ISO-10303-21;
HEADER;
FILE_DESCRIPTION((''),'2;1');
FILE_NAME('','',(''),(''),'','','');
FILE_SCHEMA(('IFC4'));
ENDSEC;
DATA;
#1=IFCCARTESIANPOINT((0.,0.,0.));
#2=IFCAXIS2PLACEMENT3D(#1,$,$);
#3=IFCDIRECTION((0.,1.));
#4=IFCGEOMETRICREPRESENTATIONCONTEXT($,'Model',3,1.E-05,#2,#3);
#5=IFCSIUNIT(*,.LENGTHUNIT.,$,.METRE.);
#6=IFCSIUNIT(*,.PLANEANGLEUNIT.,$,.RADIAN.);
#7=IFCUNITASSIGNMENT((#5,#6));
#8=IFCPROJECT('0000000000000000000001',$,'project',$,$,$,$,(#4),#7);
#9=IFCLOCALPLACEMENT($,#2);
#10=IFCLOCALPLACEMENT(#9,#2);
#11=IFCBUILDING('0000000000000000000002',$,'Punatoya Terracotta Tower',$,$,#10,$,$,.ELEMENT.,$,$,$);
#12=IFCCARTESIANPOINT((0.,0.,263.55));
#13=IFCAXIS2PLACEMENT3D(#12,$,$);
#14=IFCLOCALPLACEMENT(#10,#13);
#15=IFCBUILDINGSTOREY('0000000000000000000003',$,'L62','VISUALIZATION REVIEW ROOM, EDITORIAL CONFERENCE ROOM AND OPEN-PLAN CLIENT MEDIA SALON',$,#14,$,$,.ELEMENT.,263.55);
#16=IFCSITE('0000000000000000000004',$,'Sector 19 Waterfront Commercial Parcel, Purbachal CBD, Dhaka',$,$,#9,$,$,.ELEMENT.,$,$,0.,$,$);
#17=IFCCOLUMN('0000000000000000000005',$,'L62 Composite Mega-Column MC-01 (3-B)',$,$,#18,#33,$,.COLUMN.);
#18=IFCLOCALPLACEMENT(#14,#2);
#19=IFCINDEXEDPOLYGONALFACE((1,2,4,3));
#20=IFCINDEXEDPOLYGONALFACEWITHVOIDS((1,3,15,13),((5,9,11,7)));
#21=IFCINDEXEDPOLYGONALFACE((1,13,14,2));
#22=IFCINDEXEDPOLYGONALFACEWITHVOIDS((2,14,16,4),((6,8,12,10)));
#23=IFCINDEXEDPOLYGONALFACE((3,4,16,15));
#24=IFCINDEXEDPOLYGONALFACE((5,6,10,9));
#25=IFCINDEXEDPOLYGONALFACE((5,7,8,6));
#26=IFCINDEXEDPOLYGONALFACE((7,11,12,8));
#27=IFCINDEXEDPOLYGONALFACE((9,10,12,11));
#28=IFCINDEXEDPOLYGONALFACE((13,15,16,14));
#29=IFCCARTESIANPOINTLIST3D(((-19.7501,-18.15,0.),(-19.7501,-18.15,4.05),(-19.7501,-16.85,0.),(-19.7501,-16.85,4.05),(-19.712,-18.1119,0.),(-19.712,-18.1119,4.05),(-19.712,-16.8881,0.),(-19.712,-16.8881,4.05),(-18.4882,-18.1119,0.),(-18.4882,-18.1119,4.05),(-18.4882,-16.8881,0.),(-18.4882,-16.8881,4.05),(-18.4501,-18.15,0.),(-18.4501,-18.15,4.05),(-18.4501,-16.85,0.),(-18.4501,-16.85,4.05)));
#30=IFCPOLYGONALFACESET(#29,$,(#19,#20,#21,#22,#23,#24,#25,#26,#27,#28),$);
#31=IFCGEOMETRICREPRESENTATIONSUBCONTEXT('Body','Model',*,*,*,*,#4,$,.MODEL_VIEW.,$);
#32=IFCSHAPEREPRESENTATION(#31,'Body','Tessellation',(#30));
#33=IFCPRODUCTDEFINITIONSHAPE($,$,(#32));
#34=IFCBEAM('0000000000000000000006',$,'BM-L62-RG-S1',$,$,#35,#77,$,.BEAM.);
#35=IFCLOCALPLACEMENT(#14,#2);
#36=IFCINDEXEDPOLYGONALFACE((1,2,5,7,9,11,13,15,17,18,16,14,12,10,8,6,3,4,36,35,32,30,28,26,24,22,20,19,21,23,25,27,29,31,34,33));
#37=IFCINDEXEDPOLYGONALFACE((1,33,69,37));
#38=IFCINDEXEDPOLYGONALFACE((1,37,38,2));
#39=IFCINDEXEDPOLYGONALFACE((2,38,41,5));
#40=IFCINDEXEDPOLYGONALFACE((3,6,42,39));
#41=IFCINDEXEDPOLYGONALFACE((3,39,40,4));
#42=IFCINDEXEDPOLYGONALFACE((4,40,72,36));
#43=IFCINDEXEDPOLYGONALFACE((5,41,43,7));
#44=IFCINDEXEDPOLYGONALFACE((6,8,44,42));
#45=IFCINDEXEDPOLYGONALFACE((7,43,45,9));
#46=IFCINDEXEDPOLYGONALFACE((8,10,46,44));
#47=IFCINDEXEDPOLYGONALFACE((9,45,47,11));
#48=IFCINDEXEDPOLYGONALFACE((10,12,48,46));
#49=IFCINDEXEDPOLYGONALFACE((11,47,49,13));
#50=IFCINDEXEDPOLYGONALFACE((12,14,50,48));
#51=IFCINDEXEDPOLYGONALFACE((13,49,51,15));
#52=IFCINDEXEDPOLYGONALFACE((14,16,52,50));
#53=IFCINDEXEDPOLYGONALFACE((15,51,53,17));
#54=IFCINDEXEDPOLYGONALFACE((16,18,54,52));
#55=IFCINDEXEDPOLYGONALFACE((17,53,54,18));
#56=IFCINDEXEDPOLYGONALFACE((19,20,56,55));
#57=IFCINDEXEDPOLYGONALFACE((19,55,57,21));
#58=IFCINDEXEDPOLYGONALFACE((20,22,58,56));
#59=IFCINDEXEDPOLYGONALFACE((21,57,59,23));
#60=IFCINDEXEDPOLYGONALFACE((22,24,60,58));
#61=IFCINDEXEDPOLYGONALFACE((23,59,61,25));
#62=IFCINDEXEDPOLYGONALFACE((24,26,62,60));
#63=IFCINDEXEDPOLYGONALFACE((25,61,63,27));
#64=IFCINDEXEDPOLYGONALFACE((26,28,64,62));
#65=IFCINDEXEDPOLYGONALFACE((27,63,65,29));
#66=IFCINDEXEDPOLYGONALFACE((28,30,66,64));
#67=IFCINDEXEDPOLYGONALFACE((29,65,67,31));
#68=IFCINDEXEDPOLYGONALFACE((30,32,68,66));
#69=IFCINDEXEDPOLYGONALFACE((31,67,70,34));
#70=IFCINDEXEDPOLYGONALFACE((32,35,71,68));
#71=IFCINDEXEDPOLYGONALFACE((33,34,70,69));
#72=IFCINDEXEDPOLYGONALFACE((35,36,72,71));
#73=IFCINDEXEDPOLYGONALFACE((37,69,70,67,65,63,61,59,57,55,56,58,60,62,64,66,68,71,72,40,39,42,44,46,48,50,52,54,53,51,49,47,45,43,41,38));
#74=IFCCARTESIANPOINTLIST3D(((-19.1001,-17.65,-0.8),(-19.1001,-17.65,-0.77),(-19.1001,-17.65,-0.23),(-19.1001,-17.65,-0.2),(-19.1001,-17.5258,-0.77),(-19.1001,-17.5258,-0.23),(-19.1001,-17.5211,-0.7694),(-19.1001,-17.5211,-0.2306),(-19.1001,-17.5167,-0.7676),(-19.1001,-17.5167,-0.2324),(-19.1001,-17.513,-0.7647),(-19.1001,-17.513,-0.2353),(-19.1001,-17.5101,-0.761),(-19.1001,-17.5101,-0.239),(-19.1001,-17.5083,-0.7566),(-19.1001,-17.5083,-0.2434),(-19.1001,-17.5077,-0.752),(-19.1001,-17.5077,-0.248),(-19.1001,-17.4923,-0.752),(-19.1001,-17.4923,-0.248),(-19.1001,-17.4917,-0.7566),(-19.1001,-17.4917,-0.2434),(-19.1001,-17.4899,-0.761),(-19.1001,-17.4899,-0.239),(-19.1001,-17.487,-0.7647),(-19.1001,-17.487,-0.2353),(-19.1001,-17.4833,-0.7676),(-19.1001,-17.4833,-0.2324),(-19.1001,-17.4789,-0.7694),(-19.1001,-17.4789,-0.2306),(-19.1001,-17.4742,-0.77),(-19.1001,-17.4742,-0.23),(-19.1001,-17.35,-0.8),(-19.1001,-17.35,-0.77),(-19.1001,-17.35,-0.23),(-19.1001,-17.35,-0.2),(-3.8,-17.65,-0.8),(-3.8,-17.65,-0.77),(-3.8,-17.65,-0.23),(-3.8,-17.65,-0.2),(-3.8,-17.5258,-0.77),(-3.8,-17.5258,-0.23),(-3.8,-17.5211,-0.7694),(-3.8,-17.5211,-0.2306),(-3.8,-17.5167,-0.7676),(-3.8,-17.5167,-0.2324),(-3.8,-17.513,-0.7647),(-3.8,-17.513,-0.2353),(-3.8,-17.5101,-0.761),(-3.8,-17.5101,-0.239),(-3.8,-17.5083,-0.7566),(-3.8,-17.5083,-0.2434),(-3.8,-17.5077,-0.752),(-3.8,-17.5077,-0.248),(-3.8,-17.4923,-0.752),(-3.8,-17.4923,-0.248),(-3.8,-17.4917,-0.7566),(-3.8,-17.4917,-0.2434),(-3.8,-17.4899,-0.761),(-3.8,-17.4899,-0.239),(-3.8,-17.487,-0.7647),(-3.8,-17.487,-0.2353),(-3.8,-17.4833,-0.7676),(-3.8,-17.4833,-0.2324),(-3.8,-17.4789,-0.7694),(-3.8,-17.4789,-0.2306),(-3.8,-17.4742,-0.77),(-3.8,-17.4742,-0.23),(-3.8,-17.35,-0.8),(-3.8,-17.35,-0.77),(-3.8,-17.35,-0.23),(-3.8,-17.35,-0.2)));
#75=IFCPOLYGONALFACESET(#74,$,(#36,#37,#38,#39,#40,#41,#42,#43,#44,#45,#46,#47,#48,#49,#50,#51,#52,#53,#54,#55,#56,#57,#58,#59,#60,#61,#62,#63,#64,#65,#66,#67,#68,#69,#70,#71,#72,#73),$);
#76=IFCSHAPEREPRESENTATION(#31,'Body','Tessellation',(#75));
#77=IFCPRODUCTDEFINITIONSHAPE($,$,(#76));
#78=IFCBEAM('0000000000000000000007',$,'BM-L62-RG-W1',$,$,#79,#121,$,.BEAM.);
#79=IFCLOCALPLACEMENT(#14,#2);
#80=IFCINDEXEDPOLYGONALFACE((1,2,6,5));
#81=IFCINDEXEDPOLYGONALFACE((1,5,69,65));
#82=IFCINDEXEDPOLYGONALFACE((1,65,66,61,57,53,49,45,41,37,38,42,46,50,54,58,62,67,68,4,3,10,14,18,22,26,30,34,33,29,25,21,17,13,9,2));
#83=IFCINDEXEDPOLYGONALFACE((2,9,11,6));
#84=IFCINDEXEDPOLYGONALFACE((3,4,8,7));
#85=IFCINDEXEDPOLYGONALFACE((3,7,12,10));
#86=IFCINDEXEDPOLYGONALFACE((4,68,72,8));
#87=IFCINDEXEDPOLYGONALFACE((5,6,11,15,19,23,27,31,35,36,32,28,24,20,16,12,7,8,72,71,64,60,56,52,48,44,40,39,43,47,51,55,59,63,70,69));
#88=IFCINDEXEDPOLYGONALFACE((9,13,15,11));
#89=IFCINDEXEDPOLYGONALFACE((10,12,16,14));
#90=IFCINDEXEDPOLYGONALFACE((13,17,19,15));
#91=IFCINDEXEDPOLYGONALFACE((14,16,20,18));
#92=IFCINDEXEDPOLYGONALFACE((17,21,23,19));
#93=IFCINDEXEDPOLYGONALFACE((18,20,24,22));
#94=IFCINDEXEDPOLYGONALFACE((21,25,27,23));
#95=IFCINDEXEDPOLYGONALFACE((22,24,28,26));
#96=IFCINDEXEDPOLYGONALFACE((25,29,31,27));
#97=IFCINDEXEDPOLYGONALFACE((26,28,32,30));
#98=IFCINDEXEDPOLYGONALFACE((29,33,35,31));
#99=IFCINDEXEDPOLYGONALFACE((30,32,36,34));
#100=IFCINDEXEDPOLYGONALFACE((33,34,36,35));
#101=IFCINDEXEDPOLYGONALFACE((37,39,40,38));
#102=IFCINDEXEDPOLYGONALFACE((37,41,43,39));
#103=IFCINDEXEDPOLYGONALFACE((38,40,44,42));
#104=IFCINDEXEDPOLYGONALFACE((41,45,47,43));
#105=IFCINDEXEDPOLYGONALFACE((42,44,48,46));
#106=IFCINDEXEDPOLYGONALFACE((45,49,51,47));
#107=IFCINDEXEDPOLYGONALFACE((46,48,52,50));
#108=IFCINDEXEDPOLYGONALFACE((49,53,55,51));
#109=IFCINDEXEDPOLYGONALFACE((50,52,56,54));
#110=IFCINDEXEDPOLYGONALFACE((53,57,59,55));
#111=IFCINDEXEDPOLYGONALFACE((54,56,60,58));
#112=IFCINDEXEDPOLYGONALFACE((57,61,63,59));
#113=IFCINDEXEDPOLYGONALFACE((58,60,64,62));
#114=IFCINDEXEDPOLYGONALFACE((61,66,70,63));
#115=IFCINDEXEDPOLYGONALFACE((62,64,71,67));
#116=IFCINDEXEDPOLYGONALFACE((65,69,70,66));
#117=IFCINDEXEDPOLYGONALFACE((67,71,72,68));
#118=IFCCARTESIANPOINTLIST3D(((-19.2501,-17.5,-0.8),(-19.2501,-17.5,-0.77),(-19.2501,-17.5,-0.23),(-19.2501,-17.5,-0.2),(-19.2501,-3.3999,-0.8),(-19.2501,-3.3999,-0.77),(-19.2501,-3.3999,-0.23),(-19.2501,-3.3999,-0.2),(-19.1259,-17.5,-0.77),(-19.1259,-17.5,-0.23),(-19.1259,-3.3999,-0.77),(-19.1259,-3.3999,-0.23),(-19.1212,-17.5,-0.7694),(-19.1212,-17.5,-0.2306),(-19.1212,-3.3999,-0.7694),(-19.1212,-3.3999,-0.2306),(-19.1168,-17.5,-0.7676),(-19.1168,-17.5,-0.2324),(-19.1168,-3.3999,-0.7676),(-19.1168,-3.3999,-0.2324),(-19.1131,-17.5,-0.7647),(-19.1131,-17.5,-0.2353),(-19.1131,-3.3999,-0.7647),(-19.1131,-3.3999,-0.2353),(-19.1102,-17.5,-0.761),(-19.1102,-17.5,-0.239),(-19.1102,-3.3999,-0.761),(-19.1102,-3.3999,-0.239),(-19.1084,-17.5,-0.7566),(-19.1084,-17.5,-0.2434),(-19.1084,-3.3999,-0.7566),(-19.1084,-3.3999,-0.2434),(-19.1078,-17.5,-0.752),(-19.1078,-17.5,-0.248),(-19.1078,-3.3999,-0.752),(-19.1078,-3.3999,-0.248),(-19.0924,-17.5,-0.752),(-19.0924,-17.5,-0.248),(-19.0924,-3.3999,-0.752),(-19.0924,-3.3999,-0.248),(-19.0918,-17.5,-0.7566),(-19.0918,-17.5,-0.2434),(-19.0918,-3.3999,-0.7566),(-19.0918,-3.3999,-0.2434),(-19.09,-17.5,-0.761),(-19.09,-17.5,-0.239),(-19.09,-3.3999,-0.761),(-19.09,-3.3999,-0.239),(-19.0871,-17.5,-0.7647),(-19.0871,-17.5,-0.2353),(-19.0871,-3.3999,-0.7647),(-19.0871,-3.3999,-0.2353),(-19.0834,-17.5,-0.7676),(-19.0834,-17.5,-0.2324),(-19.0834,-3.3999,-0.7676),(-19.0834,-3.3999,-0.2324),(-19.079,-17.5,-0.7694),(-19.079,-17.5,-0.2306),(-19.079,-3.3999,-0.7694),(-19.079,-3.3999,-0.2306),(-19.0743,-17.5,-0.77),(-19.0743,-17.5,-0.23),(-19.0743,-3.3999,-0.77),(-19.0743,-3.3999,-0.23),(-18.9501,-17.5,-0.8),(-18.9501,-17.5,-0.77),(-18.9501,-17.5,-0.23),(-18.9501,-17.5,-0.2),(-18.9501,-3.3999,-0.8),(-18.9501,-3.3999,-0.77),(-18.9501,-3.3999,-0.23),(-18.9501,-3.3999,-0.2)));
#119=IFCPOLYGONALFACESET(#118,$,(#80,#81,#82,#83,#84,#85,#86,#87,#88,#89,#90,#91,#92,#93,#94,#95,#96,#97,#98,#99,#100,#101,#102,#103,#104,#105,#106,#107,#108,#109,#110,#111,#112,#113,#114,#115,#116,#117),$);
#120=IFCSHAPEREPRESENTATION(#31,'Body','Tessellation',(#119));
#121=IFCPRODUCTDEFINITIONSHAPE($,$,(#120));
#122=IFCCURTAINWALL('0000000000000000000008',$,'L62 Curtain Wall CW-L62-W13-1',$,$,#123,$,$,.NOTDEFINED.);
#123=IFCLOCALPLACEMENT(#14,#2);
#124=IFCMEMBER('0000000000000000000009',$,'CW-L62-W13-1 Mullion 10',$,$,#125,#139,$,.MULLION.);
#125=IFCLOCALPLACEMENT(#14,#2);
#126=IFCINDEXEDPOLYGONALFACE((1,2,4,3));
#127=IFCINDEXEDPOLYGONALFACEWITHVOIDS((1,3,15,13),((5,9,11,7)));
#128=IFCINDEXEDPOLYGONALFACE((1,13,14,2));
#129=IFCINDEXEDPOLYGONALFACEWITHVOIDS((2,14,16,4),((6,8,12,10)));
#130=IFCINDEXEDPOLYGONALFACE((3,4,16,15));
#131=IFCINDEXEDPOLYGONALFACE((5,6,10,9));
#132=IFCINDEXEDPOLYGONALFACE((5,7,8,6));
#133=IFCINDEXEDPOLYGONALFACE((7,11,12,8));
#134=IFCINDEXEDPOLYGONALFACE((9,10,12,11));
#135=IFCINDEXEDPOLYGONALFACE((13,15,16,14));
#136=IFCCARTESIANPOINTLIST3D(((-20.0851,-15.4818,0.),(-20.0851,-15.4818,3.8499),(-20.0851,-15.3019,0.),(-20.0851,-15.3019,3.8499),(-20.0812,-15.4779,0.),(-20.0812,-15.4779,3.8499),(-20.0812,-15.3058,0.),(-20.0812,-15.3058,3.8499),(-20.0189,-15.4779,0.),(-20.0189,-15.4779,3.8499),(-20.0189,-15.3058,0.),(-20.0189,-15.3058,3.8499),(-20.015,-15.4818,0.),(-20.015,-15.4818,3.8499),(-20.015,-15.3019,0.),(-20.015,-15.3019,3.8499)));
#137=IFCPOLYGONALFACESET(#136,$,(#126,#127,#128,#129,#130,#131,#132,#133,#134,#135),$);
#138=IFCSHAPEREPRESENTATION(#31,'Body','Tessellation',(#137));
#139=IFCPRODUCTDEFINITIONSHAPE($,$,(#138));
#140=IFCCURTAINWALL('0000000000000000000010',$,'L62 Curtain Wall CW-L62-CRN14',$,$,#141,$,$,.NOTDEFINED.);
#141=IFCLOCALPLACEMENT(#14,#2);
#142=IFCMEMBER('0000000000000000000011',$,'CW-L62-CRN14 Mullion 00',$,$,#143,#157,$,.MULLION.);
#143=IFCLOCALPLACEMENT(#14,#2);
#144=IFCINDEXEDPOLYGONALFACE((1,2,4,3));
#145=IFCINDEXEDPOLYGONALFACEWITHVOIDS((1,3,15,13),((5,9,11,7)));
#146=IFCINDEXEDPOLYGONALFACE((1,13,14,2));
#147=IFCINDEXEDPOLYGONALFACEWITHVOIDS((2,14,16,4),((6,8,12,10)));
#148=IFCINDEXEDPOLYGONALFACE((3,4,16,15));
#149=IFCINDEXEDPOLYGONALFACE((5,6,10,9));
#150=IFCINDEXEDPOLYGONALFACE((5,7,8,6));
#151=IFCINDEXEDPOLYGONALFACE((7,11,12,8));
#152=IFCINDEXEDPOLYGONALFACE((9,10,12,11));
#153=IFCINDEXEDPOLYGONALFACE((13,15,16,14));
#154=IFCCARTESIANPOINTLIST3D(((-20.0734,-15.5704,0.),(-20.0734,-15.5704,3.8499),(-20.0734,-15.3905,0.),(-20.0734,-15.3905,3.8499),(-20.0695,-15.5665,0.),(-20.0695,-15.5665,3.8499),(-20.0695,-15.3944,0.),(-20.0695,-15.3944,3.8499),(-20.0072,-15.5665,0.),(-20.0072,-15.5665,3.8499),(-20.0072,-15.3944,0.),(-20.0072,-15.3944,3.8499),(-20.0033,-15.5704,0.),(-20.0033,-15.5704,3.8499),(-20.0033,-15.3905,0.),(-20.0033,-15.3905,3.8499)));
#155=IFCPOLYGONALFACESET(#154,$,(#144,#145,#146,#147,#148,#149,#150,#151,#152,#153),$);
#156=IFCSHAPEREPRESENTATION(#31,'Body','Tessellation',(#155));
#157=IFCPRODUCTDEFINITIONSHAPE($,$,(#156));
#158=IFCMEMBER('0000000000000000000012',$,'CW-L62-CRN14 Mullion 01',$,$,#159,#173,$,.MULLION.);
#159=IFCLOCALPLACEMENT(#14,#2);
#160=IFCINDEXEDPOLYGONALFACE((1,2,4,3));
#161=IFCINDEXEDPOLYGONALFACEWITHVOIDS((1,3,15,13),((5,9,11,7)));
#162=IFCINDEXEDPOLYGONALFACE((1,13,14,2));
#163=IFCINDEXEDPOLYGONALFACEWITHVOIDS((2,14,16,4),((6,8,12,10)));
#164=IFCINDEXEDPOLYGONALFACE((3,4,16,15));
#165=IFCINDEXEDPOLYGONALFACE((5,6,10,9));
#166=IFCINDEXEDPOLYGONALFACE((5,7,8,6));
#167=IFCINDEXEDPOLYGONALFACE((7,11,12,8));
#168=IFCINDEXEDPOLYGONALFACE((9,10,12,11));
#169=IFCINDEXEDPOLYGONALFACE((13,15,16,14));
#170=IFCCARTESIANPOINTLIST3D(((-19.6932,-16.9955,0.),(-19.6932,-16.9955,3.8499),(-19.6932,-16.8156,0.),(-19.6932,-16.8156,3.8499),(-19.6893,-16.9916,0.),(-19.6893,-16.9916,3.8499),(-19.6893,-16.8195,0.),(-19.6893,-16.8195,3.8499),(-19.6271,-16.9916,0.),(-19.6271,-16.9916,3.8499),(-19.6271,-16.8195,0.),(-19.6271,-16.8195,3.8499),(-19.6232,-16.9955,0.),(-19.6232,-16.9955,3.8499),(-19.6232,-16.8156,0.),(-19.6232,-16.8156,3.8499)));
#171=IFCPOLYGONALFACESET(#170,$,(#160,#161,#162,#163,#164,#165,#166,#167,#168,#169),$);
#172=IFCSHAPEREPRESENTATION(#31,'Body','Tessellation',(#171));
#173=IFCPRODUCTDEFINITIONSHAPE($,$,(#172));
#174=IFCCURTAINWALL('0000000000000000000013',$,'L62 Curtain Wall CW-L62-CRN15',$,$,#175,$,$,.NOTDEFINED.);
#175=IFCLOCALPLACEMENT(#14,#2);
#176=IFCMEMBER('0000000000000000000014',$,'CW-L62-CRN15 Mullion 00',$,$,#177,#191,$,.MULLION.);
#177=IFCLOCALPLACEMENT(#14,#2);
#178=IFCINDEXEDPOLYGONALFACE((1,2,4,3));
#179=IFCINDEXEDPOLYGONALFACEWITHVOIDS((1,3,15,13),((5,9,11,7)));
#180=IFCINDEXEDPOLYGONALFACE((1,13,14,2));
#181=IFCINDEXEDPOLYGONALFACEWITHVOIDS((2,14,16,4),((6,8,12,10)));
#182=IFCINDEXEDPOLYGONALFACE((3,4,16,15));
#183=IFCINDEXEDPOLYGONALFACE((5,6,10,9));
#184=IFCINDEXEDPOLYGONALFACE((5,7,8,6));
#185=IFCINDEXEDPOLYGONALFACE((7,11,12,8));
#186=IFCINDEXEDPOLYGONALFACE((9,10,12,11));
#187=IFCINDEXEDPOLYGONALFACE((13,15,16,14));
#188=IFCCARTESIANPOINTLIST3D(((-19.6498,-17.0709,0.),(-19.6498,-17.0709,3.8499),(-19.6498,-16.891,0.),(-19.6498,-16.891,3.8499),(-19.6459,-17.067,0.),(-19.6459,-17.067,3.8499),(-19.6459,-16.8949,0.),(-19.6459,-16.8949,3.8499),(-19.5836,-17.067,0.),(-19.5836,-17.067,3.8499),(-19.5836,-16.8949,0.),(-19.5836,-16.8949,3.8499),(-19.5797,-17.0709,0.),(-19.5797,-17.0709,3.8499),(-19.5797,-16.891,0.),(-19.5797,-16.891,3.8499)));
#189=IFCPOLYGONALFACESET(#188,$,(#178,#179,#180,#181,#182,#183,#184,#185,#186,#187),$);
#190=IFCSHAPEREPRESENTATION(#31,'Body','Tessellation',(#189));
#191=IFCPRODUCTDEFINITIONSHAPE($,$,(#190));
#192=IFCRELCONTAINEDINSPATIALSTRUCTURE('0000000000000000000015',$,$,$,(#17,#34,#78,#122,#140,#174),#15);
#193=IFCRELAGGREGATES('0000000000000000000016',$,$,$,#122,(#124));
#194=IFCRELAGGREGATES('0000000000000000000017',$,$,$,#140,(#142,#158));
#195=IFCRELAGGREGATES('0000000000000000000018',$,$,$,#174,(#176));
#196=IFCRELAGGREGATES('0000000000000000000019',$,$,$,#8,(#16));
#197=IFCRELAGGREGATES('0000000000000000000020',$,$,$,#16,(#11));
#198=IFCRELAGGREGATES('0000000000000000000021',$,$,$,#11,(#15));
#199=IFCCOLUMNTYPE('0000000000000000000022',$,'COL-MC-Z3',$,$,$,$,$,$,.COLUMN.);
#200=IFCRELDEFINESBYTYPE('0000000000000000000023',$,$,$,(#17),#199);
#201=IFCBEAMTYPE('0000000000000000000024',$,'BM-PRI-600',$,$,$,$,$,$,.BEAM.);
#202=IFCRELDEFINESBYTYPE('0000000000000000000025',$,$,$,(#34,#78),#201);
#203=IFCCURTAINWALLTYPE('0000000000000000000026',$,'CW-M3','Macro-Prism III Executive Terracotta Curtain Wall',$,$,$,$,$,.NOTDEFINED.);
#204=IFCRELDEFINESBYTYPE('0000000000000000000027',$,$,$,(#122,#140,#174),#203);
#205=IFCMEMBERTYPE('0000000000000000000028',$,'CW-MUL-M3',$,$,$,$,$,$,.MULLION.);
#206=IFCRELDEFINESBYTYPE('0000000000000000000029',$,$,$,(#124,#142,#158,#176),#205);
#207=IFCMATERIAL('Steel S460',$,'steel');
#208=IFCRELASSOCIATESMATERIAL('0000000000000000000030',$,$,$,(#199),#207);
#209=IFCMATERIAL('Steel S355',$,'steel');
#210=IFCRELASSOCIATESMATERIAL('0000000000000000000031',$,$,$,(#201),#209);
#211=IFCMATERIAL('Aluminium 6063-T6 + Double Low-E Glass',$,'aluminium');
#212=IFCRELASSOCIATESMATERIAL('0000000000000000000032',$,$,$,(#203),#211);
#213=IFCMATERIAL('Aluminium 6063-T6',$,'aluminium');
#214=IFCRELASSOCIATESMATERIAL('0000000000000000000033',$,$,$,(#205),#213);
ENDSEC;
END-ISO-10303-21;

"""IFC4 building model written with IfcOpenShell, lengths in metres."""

from ifc_helpers import new_model, si_unit, direction, frame, origin, origin_2d, place, context, subcontext, project, spatial, hollow_rectangle, i_section, extrude, material, material_profile, profile_set, type_object, element, aggregate, save


model = new_model("IFC4")

# Units and contexts
model_context = context("Model", 3, precision=1e-05, world=origin(), true_north=direction((0.0, 1.0)))
body_context = subcontext(model_context, "Body", "Model", "MODEL_VIEW")
ifc_project = project(units=[si_unit("LENGTHUNIT", "METRE"), si_unit("PLANEANGLEUNIT", "RADIAN")], contexts=[model_context])

# Site, building, storey
site_placement = place(None, origin())
site = spatial("IfcSite", under=ifc_project, at=site_placement, Name="Sector 19 Waterfront Commercial Parcel, Purbachal CBD, Dhaka", CompositionType="ELEMENT", RefElevation=0.0)
building_placement = place(site_placement, origin())
building = spatial("IfcBuilding", under=site, at=building_placement, Name="Punatoya Terracotta Tower", CompositionType="ELEMENT")
storey_placement = place(building_placement, frame((0.0, 0.0, 263.55)))
storey = spatial("IfcBuildingStorey", under=building, at=storey_placement, Name="L62", Description="VISUALIZATION REVIEW ROOM, EDITORIAL CONFERENCE ROOM AND OPEN-PLAN CLIENT MEDIA SALON", CompositionType="ELEMENT", Elevation=263.55)

# Column
ifc_material_1 = material(Name="Steel S460", Category="steel")
ifc_material_profile_1 = material_profile(ifc_material_1, hollow_rectangle(XDim=1.3, YDim=1.3, WallThickness=0.0381, at=origin_2d()))
ifc_profile_set_1 = profile_set([ifc_material_profile_1], Name="Steel S460")
column_type = type_object("IfcColumnType", Name="COL-MC-Z3", PredefinedType="COLUMN", material=ifc_profile_set_1)
column_placement = place(storey_placement, frame((-19.1001, -17.5, 0.0), z_axis=(0.0, 0.0, 1.0), x_axis=(1.0, 0.0, 0.0)))
element("IfcColumn", 1, at=column_placement, inside=storey, type_object=column_type, Name="L62 Composite Mega-Column MC-01 (3-B)", PredefinedType="COLUMN", context=body_context, shape_type="SweptSolid", body=[
    extrude(hollow_rectangle(XDim=1.3, YDim=1.3, WallThickness=0.0381, at=origin_2d()), origin(), (0.0, 0.0, 1.0), 4.05),
])

# Beams
ifc_material_2 = material(Name="Steel S355", Category="steel")
ifc_material_profile_2 = material_profile(ifc_material_2, i_section(OverallWidth=0.3, OverallDepth=0.6001, WebThickness=0.0154, FlangeThickness=0.03, FilletRadius=0.0181, at=origin_2d()))
ifc_profile_set_2 = profile_set([ifc_material_profile_2], Name="Steel S355")
beam_type = type_object("IfcBeamType", Name="BM-PRI-600", PredefinedType="BEAM", material=ifc_profile_set_2)
beam_1_placement = place(storey_placement, frame((-19.1001, -17.5, -0.5), z_axis=(1.0, 0.0, 0.0), x_axis=(0.0, 1.0, 0.0)))
element("IfcBeam", 2, at=beam_1_placement, inside=storey, type_object=beam_type, Name="BM-L62-RG-S1", PredefinedType="BEAM", context=body_context, shape_type="SweptSolid", body=[
    extrude(i_section(OverallWidth=0.3, OverallDepth=0.6001, WebThickness=0.0154, FlangeThickness=0.03, FilletRadius=0.0181, at=origin_2d()), origin(), (0.0, 0.0, 1.0), 15.3),
])
beam_2_placement = place(storey_placement, frame((-19.1001, -17.5, -0.5), z_axis=(0.0, 1.0, 0.0), x_axis=(-1.0, 0.0, 0.0)))
element("IfcBeam", 3, at=beam_2_placement, inside=storey, type_object=beam_type, Name="BM-L62-RG-W1", PredefinedType="BEAM", context=body_context, shape_type="SweptSolid", body=[
    extrude(i_section(OverallWidth=0.3, OverallDepth=0.6001, WebThickness=0.0154, FlangeThickness=0.03, FilletRadius=0.0181, at=origin_2d()), origin(), (0.0, 0.0, 1.0), 14.1001),
])

# Curtain wall, member
ifc_material_3 = material(Name="Aluminium 6063-T6 + Double Low-E Glass", Category="aluminium")
curtain_wall_type = type_object("IfcCurtainWallType", Name="CW-M3", Description="Macro-Prism III Executive Terracotta Curtain Wall", PredefinedType="NOTDEFINED", material=ifc_material_3)
curtain_wall_1_placement = place(storey_placement, origin())
curtain_wall_1 = element("IfcCurtainWall", 4, at=curtain_wall_1_placement, inside=storey, type_object=curtain_wall_type, Name="L62 Curtain Wall CW-L62-W13-1", PredefinedType="NOTDEFINED")
ifc_material_4 = material(Name="Aluminium 6063-T6", Category="aluminium")
ifc_material_profile_3 = material_profile(ifc_material_4, hollow_rectangle(XDim=0.0701, YDim=0.1799, WallThickness=0.0039, at=origin_2d()))
ifc_profile_set_3 = profile_set([ifc_material_profile_3], Name="Aluminium 6063-T6")
member_type_1 = type_object("IfcMemberType", Name="CW-MUL-M3", PredefinedType="MULLION", material=ifc_profile_set_3)
member_1_placement = place(storey_placement, frame((-20.05, -15.3918, 0.0), z_axis=(0.0, 0.0, 1.0), x_axis=(1.0, 0.0, 0.0)))
member_1 = element("IfcMember", 5, at=member_1_placement, type_object=member_type_1, Name="CW-L62-W13-1 Mullion 10", PredefinedType="MULLION", context=body_context, shape_type="SweptSolid", body=[
    extrude(hollow_rectangle(XDim=0.0701, YDim=0.1799, WallThickness=0.0039, at=origin_2d()), origin(), (0.0, 0.0, 1.0), 3.8499),
])

# Curtain walls, members
curtain_wall_2_placement = place(storey_placement, origin())
curtain_wall_2 = element("IfcCurtainWall", 6, at=curtain_wall_2_placement, inside=storey, type_object=curtain_wall_type, Name="L62 Curtain Wall CW-L62-CRN14", PredefinedType="NOTDEFINED")
member_2_placement = place(storey_placement, frame((-20.0383, -15.4805, 0.0), z_axis=(0.0, 0.0, 1.0), x_axis=(1.0, 0.0, 0.0)))
member_2 = element("IfcMember", 7, at=member_2_placement, type_object=member_type_1, Name="CW-L62-CRN14 Mullion 00", PredefinedType="MULLION", context=body_context, shape_type="SweptSolid", body=[
    extrude(hollow_rectangle(XDim=0.0701, YDim=0.1799, WallThickness=0.0039, at=origin_2d()), origin(), (0.0, 0.0, 1.0), 3.8499),
])
member_3_placement = place(storey_placement, frame((-19.6582, -16.9055, 0.0), z_axis=(0.0, 0.0, 1.0), x_axis=(1.0, 0.0, 0.0)))
member_3 = element("IfcMember", 8, at=member_3_placement, type_object=member_type_1, Name="CW-L62-CRN14 Mullion 01", PredefinedType="MULLION", context=body_context, shape_type="SweptSolid", body=[
    extrude(hollow_rectangle(XDim=0.0701, YDim=0.1799, WallThickness=0.0039, at=origin_2d()), origin(), (0.0, 0.0, 1.0), 3.8499),
])
curtain_wall_3_placement = place(storey_placement, origin())
curtain_wall_3 = element("IfcCurtainWall", 9, at=curtain_wall_3_placement, inside=storey, type_object=curtain_wall_type, Name="L62 Curtain Wall CW-L62-CRN15", PredefinedType="NOTDEFINED")
member_4_placement = place(storey_placement, frame((-19.6147, -16.981, 0.0), z_axis=(0.0, 0.0, 1.0), x_axis=(1.0, 0.0, 0.0)))
member_4 = element("IfcMember", 10, at=member_4_placement, type_object=member_type_1, Name="CW-L62-CRN15 Mullion 00", PredefinedType="MULLION", context=body_context, shape_type="SweptSolid", body=[
    extrude(hollow_rectangle(XDim=0.0701, YDim=0.1799, WallThickness=0.0039, at=origin_2d()), origin(), (0.0, 0.0, 1.0), 3.8499),
])

aggregate(curtain_wall_1, [member_1])
aggregate(curtain_wall_2, [member_2, member_3])
aggregate(curtain_wall_3, [member_4])

save(model, "model.ifc")
